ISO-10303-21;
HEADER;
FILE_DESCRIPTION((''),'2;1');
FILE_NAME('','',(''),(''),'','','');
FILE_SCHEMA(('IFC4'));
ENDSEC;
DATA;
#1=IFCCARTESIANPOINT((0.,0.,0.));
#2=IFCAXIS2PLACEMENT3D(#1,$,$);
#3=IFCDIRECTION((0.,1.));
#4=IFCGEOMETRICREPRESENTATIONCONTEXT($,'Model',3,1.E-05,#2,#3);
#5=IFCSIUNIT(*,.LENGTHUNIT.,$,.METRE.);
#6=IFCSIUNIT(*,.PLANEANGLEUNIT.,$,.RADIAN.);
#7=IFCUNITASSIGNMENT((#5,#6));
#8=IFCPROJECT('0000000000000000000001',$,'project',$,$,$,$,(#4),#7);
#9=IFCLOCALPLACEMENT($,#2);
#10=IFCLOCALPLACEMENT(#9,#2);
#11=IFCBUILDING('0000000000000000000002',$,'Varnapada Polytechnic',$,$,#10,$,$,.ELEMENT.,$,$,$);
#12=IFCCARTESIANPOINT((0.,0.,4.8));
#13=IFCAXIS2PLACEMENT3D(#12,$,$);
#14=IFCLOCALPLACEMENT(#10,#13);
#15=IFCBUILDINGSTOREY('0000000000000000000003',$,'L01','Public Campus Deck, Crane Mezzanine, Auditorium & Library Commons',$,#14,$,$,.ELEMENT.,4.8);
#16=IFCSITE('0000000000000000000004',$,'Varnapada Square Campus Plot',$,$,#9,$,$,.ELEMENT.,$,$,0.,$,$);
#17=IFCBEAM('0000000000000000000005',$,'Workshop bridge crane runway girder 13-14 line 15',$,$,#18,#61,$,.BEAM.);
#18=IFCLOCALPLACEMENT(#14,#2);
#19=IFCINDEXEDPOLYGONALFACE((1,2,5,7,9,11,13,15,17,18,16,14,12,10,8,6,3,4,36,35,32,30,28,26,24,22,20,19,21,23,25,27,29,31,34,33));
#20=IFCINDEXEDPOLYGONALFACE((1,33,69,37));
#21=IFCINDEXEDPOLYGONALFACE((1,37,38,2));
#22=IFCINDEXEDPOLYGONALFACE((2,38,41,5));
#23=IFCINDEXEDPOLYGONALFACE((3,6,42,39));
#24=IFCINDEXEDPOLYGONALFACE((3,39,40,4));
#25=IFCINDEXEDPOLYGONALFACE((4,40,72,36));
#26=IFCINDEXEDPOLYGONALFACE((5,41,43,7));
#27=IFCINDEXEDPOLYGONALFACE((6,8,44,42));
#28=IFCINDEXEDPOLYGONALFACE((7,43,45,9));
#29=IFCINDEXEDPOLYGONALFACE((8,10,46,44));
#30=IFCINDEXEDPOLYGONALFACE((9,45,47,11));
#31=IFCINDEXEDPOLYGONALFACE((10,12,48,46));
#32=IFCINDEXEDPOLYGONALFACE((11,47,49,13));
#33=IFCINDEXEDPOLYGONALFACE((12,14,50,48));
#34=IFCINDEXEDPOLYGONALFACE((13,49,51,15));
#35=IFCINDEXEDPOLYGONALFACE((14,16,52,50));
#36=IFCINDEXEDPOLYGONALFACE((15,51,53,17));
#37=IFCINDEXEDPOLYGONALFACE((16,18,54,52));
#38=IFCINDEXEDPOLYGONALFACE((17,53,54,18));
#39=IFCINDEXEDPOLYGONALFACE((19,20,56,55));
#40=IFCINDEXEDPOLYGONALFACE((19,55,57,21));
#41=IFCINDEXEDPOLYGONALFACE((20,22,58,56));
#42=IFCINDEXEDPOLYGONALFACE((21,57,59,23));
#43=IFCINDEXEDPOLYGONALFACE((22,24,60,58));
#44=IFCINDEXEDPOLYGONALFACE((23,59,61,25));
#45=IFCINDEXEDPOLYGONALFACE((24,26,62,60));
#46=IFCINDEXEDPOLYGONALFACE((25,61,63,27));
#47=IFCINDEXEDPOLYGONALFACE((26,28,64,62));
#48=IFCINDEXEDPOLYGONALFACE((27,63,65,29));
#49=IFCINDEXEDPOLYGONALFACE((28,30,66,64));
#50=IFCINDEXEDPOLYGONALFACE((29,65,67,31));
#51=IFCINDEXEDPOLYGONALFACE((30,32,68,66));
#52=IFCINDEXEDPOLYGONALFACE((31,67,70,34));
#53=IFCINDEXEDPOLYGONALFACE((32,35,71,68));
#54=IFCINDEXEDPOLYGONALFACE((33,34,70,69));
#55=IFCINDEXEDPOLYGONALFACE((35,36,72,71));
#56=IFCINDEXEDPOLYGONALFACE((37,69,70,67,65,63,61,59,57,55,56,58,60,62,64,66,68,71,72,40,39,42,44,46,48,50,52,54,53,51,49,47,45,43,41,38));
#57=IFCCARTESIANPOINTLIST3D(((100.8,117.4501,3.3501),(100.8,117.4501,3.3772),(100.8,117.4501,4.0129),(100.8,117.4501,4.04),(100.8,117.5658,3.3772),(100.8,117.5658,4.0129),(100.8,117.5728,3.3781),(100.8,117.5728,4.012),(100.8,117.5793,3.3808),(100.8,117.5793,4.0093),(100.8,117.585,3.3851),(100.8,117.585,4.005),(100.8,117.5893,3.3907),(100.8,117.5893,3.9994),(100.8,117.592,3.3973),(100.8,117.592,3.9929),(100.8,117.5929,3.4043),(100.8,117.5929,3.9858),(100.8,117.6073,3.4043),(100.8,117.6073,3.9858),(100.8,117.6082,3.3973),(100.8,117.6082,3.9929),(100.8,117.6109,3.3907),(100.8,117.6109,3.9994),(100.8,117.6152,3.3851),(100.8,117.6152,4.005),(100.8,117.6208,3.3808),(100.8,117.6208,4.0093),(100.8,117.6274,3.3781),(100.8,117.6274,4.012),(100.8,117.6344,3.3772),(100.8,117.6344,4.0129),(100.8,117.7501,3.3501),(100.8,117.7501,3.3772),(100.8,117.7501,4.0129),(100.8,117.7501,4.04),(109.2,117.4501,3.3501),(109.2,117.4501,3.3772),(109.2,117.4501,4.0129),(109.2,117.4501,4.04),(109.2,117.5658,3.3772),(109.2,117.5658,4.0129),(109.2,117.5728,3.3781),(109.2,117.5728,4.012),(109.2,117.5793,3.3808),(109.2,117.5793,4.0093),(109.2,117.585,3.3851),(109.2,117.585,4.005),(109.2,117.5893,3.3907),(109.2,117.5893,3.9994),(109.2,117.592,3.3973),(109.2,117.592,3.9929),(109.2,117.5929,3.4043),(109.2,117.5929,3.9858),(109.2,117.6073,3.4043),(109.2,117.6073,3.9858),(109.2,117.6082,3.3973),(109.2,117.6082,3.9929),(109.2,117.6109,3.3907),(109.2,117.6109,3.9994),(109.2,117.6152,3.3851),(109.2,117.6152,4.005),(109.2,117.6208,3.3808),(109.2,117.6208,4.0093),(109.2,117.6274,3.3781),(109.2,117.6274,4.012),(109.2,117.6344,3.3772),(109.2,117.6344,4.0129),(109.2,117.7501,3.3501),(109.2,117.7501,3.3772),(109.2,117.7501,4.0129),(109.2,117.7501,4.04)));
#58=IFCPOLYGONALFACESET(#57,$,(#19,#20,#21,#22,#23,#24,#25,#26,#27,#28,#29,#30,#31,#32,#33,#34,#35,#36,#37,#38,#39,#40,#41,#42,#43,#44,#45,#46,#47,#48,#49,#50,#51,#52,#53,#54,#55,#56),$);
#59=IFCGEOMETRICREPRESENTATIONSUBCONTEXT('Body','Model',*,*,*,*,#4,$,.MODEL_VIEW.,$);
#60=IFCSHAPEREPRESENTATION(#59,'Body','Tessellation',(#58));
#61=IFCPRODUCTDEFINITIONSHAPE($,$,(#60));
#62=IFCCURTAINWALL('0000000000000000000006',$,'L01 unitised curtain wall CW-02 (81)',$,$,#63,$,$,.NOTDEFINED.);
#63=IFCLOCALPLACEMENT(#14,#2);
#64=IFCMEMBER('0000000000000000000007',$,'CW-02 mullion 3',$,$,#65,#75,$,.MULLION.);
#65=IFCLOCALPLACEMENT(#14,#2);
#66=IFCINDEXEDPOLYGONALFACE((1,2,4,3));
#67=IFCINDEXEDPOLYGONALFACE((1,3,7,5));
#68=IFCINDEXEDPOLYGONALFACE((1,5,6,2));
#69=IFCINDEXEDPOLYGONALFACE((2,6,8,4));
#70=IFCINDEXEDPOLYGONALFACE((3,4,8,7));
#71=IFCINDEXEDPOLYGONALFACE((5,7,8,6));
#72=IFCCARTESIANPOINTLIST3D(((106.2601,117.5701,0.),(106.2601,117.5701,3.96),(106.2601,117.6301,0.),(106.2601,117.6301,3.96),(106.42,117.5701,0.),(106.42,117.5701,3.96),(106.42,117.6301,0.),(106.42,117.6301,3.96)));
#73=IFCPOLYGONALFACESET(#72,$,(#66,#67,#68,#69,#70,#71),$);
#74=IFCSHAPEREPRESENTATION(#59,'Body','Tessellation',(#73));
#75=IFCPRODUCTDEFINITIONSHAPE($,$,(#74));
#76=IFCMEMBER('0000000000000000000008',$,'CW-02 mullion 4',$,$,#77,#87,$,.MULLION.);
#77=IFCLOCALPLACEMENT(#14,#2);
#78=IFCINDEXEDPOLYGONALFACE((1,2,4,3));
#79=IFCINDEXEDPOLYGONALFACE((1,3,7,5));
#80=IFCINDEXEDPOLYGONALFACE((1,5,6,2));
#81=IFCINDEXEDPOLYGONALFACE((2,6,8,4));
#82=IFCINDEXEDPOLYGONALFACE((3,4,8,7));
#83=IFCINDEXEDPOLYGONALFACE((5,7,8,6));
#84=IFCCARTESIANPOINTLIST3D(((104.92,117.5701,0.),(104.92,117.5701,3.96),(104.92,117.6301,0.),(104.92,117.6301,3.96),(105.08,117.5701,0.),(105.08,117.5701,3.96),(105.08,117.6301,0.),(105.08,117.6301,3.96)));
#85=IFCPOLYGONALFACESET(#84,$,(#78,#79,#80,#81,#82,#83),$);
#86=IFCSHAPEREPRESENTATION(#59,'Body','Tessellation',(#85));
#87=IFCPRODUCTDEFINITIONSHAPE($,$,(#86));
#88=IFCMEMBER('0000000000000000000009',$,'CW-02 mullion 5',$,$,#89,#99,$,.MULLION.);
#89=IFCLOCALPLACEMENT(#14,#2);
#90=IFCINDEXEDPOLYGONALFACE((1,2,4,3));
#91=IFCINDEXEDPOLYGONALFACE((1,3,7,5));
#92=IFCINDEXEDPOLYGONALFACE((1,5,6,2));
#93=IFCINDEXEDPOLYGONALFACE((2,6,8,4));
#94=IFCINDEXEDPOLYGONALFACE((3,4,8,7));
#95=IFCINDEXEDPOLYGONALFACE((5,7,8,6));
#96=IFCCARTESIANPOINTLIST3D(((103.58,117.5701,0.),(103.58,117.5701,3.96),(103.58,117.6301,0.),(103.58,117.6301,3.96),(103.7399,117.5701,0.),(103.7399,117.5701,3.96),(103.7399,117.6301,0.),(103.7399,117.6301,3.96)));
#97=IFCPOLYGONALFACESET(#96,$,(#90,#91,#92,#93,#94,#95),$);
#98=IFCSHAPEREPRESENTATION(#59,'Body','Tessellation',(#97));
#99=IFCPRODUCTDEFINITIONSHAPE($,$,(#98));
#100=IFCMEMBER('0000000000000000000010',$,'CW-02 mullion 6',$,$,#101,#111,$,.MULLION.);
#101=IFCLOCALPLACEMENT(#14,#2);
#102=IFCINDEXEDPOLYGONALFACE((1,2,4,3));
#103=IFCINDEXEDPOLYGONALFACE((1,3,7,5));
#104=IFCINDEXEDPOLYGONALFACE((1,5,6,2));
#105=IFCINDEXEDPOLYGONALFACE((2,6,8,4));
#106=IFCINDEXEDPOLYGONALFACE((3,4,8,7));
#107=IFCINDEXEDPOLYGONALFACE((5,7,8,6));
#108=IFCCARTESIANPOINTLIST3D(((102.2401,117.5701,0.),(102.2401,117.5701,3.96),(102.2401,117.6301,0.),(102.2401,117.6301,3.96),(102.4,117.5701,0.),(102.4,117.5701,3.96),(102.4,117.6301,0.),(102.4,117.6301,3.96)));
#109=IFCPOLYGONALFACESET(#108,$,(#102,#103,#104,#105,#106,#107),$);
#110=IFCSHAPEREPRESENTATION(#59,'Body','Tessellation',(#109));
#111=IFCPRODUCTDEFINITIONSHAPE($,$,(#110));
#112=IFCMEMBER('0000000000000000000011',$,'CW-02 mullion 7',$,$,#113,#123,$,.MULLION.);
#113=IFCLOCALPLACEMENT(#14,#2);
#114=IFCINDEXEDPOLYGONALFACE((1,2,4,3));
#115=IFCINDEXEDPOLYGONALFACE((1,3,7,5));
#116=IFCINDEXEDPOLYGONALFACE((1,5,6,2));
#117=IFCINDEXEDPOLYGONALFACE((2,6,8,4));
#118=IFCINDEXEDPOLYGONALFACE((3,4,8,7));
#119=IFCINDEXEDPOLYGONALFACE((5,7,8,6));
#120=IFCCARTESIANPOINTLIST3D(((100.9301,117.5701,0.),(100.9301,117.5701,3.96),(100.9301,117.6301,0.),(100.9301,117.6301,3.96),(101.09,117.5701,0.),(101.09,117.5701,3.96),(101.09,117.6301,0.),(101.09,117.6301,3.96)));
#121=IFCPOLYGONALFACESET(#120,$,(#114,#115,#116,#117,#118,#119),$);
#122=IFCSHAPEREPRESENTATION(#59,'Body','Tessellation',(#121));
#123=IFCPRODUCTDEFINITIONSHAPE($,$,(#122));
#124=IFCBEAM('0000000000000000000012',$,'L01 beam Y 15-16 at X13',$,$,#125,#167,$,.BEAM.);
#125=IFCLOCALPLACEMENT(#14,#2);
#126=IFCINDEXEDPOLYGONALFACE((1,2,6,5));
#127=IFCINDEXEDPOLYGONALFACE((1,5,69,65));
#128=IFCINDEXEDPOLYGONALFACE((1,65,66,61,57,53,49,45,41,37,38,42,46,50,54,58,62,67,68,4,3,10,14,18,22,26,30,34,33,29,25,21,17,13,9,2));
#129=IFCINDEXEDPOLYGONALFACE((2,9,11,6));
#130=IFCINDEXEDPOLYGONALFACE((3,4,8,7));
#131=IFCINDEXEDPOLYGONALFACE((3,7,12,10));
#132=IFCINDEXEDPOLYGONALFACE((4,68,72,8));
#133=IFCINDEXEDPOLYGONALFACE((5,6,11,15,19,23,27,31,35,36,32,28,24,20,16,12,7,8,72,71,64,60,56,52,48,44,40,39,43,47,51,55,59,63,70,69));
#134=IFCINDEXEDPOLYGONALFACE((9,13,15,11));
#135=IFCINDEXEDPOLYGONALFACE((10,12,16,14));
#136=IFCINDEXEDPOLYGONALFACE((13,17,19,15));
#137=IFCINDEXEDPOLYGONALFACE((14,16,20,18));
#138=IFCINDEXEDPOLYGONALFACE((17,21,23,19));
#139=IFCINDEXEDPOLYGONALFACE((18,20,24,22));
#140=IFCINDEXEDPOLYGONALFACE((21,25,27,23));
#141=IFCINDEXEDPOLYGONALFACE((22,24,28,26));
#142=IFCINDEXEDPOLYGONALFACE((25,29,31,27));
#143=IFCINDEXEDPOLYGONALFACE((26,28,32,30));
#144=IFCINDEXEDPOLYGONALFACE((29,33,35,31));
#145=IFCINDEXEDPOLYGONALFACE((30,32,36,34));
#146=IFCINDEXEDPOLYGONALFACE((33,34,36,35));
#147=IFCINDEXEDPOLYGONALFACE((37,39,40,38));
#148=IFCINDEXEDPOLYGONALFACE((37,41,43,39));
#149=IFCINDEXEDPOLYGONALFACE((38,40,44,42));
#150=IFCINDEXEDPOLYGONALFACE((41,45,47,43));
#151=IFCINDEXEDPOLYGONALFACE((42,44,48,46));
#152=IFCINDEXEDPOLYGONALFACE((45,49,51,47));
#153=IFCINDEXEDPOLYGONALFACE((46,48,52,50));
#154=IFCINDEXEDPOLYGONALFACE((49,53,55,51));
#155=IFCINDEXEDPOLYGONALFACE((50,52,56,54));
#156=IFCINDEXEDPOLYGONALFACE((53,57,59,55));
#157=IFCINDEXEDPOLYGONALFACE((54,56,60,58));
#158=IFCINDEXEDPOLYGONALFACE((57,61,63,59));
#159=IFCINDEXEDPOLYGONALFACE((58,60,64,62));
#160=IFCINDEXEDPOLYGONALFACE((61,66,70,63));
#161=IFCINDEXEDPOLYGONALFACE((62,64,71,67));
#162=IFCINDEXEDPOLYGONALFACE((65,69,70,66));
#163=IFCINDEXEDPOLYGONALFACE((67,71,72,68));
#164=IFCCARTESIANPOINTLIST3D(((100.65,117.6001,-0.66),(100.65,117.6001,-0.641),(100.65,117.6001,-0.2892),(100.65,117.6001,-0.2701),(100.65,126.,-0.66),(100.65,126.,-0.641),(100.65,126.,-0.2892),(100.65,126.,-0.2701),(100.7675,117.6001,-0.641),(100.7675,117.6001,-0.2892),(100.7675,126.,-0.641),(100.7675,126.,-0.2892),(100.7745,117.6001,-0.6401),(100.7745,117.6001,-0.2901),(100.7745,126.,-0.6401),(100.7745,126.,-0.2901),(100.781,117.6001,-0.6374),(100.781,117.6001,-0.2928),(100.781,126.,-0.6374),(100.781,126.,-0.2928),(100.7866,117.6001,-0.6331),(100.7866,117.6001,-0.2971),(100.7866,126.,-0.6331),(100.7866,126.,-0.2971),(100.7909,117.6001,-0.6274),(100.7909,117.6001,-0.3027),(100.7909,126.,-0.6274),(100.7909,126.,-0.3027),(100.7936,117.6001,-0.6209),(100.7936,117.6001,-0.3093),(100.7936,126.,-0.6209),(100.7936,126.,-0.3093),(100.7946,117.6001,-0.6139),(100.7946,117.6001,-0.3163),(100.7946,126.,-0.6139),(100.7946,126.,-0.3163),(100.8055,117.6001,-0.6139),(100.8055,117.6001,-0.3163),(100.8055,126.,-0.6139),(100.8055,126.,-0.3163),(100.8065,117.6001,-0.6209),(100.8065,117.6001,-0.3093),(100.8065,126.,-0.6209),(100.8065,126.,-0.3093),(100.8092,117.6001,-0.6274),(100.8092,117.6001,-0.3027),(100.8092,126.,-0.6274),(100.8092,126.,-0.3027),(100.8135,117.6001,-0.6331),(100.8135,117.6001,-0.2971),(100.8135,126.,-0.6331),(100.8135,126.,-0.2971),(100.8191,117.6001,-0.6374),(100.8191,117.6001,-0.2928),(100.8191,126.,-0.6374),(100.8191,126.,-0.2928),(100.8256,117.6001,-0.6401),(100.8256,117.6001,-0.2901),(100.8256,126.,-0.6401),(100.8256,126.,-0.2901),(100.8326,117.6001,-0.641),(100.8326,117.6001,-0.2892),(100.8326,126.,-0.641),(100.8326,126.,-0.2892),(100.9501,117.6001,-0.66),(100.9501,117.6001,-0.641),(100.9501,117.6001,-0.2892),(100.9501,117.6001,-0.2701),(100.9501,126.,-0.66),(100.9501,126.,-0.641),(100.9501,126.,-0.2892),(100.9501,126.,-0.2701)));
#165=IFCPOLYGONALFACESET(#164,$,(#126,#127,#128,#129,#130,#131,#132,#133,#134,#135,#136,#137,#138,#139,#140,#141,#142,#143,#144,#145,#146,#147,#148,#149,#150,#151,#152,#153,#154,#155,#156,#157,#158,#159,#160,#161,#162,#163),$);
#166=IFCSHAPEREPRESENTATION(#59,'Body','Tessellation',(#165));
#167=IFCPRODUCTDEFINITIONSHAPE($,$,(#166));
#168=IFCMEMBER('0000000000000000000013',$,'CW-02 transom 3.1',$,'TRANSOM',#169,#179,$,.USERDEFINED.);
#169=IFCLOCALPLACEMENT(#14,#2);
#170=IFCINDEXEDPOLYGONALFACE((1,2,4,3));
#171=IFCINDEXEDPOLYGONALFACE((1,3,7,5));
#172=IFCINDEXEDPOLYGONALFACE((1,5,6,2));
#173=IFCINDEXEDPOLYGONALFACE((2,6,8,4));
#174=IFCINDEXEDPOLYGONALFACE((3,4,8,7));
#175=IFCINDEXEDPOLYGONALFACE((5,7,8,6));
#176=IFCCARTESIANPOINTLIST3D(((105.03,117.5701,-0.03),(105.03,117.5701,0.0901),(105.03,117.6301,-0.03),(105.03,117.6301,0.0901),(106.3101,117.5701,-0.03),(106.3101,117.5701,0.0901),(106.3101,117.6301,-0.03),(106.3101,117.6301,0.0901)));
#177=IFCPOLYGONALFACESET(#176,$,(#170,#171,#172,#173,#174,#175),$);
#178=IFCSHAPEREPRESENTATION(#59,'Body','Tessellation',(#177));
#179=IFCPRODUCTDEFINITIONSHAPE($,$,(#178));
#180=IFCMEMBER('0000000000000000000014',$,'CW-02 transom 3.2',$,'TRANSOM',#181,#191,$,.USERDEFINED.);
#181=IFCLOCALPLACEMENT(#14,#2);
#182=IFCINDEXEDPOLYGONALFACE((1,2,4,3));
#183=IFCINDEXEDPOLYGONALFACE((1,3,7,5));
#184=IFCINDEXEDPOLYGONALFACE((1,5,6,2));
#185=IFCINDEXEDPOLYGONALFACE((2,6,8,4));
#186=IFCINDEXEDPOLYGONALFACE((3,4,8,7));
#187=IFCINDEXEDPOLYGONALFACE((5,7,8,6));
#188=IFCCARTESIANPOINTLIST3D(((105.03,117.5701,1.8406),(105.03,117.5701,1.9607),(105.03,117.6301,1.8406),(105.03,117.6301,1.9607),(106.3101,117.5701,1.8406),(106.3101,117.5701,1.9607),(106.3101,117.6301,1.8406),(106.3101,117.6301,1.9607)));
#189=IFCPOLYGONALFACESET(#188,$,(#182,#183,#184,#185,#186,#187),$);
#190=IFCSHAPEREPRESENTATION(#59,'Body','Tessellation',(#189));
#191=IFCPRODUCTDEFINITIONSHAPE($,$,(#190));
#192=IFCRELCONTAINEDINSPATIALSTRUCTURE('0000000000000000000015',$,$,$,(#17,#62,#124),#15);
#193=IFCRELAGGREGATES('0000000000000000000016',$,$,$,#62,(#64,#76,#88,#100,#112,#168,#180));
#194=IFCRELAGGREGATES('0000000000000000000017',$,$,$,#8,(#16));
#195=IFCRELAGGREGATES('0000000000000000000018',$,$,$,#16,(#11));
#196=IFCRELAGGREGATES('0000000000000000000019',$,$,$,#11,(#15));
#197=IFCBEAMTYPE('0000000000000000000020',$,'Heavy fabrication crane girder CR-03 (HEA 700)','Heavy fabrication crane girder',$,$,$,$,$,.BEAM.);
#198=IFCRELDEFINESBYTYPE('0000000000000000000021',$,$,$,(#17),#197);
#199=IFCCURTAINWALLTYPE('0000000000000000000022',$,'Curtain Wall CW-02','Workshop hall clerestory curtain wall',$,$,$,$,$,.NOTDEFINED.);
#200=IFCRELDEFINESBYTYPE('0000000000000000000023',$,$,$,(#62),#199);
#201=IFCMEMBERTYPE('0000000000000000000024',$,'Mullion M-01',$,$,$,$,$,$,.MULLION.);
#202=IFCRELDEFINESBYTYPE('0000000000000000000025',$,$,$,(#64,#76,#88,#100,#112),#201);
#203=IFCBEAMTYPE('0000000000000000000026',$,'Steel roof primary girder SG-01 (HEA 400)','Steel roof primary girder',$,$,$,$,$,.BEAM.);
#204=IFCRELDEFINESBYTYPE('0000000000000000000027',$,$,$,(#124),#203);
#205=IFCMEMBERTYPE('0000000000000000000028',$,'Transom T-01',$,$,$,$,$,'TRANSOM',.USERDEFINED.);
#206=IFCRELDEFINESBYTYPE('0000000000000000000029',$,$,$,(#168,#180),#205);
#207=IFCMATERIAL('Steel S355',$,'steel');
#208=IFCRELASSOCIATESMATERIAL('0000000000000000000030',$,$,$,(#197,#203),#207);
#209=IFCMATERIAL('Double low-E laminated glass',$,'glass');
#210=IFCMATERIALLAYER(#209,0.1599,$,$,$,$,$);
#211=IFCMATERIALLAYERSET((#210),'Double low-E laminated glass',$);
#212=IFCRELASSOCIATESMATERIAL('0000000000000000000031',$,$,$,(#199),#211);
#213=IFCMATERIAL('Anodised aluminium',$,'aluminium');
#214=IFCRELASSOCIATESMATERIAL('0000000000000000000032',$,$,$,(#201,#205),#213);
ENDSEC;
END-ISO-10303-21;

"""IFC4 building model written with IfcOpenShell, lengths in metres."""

from ifc_helpers import new_model, si_unit, direction, frame, origin, origin_2d, place, context, subcontext, project, spatial, rectangle, i_section, extrude, material, layer, layer_set, material_profile, profile_set, type_object, element, aggregate, save


model = new_model("IFC4")

# Units and contexts
model_context = context("Model", 3, precision=1e-05, world=origin(), true_north=direction((0.0, 1.0)))
body_context = subcontext(model_context, "Body", "Model", "MODEL_VIEW")
ifc_project = project(units=[si_unit("LENGTHUNIT", "METRE"), si_unit("PLANEANGLEUNIT", "RADIAN")], contexts=[model_context])

# Site, building, storey
site_placement = place(None, origin())
site = spatial("IfcSite", under=ifc_project, at=site_placement, Name="Varnapada Square Campus Plot", CompositionType="ELEMENT", RefElevation=0.0)
building_placement = place(site_placement, origin())
building = spatial("IfcBuilding", under=site, at=building_placement, Name="Varnapada Polytechnic", CompositionType="ELEMENT")
storey_placement = place(building_placement, frame((0.0, 0.0, 4.8)))
storey = spatial("IfcBuildingStorey", under=building, at=storey_placement, Name="L01", Description="Public Campus Deck, Crane Mezzanine, Auditorium & Library Commons", CompositionType="ELEMENT", Elevation=4.8)

# Beam
ifc_material_1 = material(Name="Steel S355", Category="steel")
ifc_material_profile_1 = material_profile(ifc_material_1, i_section(OverallWidth=0.3, OverallDepth=0.6899, WebThickness=0.0144, FlangeThickness=0.0271, FilletRadius=0.0271, at=origin_2d()), Name="HEA 700")
ifc_profile_set_1 = profile_set([ifc_material_profile_1], Name="Steel S355")
beam_type_1 = type_object("IfcBeamType", Name="Heavy fabrication crane girder CR-03 (HEA 700)", Description="Heavy fabrication crane girder", PredefinedType="BEAM", material=ifc_profile_set_1)
beam_1_placement = place(storey_placement, frame((100.8, 117.6001, 3.6951), z_axis=(1.0, 0.0, 0.0), x_axis=(0.0, 1.0, 0.0)))
element("IfcBeam", 1, at=beam_1_placement, inside=storey, type_object=beam_type_1, Name="Workshop bridge crane runway girder 13-14 line 15", PredefinedType="BEAM", context=body_context, shape_type="SweptSolid", body=[
    extrude(i_section(OverallWidth=0.3, OverallDepth=0.6899, WebThickness=0.0144, FlangeThickness=0.0271, FilletRadius=0.0271, at=origin_2d()), origin(), (0.0, 0.0, 1.0), 8.3999),
])

# Curtain wall, members
ifc_material_2 = material(Name="Double low-E laminated glass", Category="glass")
ifc_layer_1 = layer(ifc_material_2, 0.1599)
ifc_layer_set_1 = layer_set([ifc_layer_1], Name="Double low-E laminated glass")
curtain_wall_type = type_object("IfcCurtainWallType", Name="Curtain Wall CW-02", Description="Workshop hall clerestory curtain wall", PredefinedType="NOTDEFINED", material=ifc_layer_set_1)
curtain_wall_placement = place(storey_placement, origin())
curtain_wall = element("IfcCurtainWall", 2, at=curtain_wall_placement, inside=storey, type_object=curtain_wall_type, Name="L01 unitised curtain wall CW-02 (81)", PredefinedType="NOTDEFINED")
ifc_material_3 = material(Name="Anodised aluminium", Category="aluminium")
ifc_material_profile_2 = material_profile(ifc_material_3, rectangle(XDim=0.0601, YDim=0.1599, at=origin_2d()), Name="ALU M60x160")
ifc_profile_set_2 = profile_set([ifc_material_profile_2], Name="Anodised aluminium")
member_type_1 = type_object("IfcMemberType", Name="Mullion M-01", PredefinedType="MULLION", material=ifc_profile_set_2)
member_1_placement = place(storey_placement, frame((106.3401, 117.6001, 0.0), z_axis=(0.0, 0.0, 1.0), x_axis=(0.0, -1.0, 0.0)))
member_1 = element("IfcMember", 3, at=member_1_placement, type_object=member_type_1, Name="CW-02 mullion 3", PredefinedType="MULLION", context=body_context, shape_type="SweptSolid", body=[
    extrude(rectangle(XDim=0.0601, YDim=0.1599, at=origin_2d()), origin(), (0.0, 0.0, 1.0), 3.96),
])
member_2_placement = place(storey_placement, frame((105.0, 117.6001, 0.0), z_axis=(0.0, 0.0, 1.0), x_axis=(0.0, -1.0, 0.0)))
member_2 = element("IfcMember", 4, at=member_2_placement, type_object=member_type_1, Name="CW-02 mullion 4", PredefinedType="MULLION", context=body_context, shape_type="SweptSolid", body=[
    extrude(rectangle(XDim=0.0601, YDim=0.1599, at=origin_2d()), origin(), (0.0, 0.0, 1.0), 3.96),
])
member_3_placement = place(storey_placement, frame((103.6599, 117.6001, 0.0), z_axis=(0.0, 0.0, 1.0), x_axis=(0.0, -1.0, 0.0)))
member_3 = element("IfcMember", 5, at=member_3_placement, type_object=member_type_1, Name="CW-02 mullion 5", PredefinedType="MULLION", context=body_context, shape_type="SweptSolid", body=[
    extrude(rectangle(XDim=0.0601, YDim=0.1599, at=origin_2d()), origin(), (0.0, 0.0, 1.0), 3.96),
])
member_4_placement = place(storey_placement, frame((102.3201, 117.6001, 0.0), z_axis=(0.0, 0.0, 1.0), x_axis=(0.0, -1.0, 0.0)))
member_4 = element("IfcMember", 6, at=member_4_placement, type_object=member_type_1, Name="CW-02 mullion 6", PredefinedType="MULLION", context=body_context, shape_type="SweptSolid", body=[
    extrude(rectangle(XDim=0.0601, YDim=0.1599, at=origin_2d()), origin(), (0.0, 0.0, 1.0), 3.96),
])
member_5_placement = place(storey_placement, frame((101.01, 117.6001, 0.0), z_axis=(0.0, 0.0, 1.0), x_axis=(0.0, -1.0, 0.0)))
member_5 = element("IfcMember", 7, at=member_5_placement, type_object=member_type_1, Name="CW-02 mullion 7", PredefinedType="MULLION", context=body_context, shape_type="SweptSolid", body=[
    extrude(rectangle(XDim=0.0601, YDim=0.1599, at=origin_2d()), origin(), (0.0, 0.0, 1.0), 3.96),
])

# Beam
ifc_material_profile_3 = material_profile(ifc_material_1, i_section(OverallWidth=0.3, OverallDepth=0.3899, WebThickness=0.011, FlangeThickness=0.019, FilletRadius=0.0271, at=origin_2d()), Name="HEA 400")
ifc_profile_set_3 = profile_set([ifc_material_profile_3], Name="Steel S355")
beam_type_2 = type_object("IfcBeamType", Name="Steel roof primary girder SG-01 (HEA 400)", Description="Steel roof primary girder", PredefinedType="BEAM", material=ifc_profile_set_3)
beam_2_placement = place(storey_placement, frame((100.8, 117.6001, -0.4651), z_axis=(0.0, 1.0, 0.0), x_axis=(-1.0, 0.0, 0.0)))
element("IfcBeam", 8, at=beam_2_placement, inside=storey, type_object=beam_type_2, Name="L01 beam Y 15-16 at X13", PredefinedType="BEAM", context=body_context, shape_type="SweptSolid", body=[
    extrude(i_section(OverallWidth=0.3, OverallDepth=0.3899, WebThickness=0.011, FlangeThickness=0.019, FilletRadius=0.0271, at=origin_2d()), origin(), (0.0, 0.0, 1.0), 8.3999),
])

# Members
ifc_material_profile_4 = material_profile(ifc_material_3, rectangle(XDim=0.0601, YDim=0.1201, at=origin_2d()), Name="ALU T60x120")
ifc_profile_set_4 = profile_set([ifc_material_profile_4], Name="Anodised aluminium")
member_type_2 = type_object("IfcMemberType", Name="Transom T-01", ElementType="TRANSOM", PredefinedType="USERDEFINED", material=ifc_profile_set_4)
member_6_placement = place(storey_placement, frame((106.3101, 117.6001, 0.03), z_axis=(-1.0, 0.0, 0.0), x_axis=(0.0, -1.0, 0.0)))
member_6 = element("IfcMember", 9, at=member_6_placement, type_object=member_type_2, Name="CW-02 transom 3.1", ObjectType="TRANSOM", PredefinedType="USERDEFINED", context=body_context, shape_type="SweptSolid", body=[
    extrude(rectangle(XDim=0.0601, YDim=0.1201, at=origin_2d()), origin(), (0.0, 0.0, 1.0), 1.28),
])
member_7_placement = place(storey_placement, frame((106.3101, 117.6001, 1.9006), z_axis=(-1.0, 0.0, 0.0), x_axis=(0.0, -1.0, 0.0)))
member_7 = element("IfcMember", 10, at=member_7_placement, type_object=member_type_2, Name="CW-02 transom 3.2", ObjectType="TRANSOM", PredefinedType="USERDEFINED", context=body_context, shape_type="SweptSolid", body=[
    extrude(rectangle(XDim=0.0601, YDim=0.1201, at=origin_2d()), origin(), (0.0, 0.0, 1.0), 1.28),
])

aggregate(curtain_wall, [member_1, member_2, member_3, member_4, member_5, member_6, member_7])

save(model, "model.ifc")
